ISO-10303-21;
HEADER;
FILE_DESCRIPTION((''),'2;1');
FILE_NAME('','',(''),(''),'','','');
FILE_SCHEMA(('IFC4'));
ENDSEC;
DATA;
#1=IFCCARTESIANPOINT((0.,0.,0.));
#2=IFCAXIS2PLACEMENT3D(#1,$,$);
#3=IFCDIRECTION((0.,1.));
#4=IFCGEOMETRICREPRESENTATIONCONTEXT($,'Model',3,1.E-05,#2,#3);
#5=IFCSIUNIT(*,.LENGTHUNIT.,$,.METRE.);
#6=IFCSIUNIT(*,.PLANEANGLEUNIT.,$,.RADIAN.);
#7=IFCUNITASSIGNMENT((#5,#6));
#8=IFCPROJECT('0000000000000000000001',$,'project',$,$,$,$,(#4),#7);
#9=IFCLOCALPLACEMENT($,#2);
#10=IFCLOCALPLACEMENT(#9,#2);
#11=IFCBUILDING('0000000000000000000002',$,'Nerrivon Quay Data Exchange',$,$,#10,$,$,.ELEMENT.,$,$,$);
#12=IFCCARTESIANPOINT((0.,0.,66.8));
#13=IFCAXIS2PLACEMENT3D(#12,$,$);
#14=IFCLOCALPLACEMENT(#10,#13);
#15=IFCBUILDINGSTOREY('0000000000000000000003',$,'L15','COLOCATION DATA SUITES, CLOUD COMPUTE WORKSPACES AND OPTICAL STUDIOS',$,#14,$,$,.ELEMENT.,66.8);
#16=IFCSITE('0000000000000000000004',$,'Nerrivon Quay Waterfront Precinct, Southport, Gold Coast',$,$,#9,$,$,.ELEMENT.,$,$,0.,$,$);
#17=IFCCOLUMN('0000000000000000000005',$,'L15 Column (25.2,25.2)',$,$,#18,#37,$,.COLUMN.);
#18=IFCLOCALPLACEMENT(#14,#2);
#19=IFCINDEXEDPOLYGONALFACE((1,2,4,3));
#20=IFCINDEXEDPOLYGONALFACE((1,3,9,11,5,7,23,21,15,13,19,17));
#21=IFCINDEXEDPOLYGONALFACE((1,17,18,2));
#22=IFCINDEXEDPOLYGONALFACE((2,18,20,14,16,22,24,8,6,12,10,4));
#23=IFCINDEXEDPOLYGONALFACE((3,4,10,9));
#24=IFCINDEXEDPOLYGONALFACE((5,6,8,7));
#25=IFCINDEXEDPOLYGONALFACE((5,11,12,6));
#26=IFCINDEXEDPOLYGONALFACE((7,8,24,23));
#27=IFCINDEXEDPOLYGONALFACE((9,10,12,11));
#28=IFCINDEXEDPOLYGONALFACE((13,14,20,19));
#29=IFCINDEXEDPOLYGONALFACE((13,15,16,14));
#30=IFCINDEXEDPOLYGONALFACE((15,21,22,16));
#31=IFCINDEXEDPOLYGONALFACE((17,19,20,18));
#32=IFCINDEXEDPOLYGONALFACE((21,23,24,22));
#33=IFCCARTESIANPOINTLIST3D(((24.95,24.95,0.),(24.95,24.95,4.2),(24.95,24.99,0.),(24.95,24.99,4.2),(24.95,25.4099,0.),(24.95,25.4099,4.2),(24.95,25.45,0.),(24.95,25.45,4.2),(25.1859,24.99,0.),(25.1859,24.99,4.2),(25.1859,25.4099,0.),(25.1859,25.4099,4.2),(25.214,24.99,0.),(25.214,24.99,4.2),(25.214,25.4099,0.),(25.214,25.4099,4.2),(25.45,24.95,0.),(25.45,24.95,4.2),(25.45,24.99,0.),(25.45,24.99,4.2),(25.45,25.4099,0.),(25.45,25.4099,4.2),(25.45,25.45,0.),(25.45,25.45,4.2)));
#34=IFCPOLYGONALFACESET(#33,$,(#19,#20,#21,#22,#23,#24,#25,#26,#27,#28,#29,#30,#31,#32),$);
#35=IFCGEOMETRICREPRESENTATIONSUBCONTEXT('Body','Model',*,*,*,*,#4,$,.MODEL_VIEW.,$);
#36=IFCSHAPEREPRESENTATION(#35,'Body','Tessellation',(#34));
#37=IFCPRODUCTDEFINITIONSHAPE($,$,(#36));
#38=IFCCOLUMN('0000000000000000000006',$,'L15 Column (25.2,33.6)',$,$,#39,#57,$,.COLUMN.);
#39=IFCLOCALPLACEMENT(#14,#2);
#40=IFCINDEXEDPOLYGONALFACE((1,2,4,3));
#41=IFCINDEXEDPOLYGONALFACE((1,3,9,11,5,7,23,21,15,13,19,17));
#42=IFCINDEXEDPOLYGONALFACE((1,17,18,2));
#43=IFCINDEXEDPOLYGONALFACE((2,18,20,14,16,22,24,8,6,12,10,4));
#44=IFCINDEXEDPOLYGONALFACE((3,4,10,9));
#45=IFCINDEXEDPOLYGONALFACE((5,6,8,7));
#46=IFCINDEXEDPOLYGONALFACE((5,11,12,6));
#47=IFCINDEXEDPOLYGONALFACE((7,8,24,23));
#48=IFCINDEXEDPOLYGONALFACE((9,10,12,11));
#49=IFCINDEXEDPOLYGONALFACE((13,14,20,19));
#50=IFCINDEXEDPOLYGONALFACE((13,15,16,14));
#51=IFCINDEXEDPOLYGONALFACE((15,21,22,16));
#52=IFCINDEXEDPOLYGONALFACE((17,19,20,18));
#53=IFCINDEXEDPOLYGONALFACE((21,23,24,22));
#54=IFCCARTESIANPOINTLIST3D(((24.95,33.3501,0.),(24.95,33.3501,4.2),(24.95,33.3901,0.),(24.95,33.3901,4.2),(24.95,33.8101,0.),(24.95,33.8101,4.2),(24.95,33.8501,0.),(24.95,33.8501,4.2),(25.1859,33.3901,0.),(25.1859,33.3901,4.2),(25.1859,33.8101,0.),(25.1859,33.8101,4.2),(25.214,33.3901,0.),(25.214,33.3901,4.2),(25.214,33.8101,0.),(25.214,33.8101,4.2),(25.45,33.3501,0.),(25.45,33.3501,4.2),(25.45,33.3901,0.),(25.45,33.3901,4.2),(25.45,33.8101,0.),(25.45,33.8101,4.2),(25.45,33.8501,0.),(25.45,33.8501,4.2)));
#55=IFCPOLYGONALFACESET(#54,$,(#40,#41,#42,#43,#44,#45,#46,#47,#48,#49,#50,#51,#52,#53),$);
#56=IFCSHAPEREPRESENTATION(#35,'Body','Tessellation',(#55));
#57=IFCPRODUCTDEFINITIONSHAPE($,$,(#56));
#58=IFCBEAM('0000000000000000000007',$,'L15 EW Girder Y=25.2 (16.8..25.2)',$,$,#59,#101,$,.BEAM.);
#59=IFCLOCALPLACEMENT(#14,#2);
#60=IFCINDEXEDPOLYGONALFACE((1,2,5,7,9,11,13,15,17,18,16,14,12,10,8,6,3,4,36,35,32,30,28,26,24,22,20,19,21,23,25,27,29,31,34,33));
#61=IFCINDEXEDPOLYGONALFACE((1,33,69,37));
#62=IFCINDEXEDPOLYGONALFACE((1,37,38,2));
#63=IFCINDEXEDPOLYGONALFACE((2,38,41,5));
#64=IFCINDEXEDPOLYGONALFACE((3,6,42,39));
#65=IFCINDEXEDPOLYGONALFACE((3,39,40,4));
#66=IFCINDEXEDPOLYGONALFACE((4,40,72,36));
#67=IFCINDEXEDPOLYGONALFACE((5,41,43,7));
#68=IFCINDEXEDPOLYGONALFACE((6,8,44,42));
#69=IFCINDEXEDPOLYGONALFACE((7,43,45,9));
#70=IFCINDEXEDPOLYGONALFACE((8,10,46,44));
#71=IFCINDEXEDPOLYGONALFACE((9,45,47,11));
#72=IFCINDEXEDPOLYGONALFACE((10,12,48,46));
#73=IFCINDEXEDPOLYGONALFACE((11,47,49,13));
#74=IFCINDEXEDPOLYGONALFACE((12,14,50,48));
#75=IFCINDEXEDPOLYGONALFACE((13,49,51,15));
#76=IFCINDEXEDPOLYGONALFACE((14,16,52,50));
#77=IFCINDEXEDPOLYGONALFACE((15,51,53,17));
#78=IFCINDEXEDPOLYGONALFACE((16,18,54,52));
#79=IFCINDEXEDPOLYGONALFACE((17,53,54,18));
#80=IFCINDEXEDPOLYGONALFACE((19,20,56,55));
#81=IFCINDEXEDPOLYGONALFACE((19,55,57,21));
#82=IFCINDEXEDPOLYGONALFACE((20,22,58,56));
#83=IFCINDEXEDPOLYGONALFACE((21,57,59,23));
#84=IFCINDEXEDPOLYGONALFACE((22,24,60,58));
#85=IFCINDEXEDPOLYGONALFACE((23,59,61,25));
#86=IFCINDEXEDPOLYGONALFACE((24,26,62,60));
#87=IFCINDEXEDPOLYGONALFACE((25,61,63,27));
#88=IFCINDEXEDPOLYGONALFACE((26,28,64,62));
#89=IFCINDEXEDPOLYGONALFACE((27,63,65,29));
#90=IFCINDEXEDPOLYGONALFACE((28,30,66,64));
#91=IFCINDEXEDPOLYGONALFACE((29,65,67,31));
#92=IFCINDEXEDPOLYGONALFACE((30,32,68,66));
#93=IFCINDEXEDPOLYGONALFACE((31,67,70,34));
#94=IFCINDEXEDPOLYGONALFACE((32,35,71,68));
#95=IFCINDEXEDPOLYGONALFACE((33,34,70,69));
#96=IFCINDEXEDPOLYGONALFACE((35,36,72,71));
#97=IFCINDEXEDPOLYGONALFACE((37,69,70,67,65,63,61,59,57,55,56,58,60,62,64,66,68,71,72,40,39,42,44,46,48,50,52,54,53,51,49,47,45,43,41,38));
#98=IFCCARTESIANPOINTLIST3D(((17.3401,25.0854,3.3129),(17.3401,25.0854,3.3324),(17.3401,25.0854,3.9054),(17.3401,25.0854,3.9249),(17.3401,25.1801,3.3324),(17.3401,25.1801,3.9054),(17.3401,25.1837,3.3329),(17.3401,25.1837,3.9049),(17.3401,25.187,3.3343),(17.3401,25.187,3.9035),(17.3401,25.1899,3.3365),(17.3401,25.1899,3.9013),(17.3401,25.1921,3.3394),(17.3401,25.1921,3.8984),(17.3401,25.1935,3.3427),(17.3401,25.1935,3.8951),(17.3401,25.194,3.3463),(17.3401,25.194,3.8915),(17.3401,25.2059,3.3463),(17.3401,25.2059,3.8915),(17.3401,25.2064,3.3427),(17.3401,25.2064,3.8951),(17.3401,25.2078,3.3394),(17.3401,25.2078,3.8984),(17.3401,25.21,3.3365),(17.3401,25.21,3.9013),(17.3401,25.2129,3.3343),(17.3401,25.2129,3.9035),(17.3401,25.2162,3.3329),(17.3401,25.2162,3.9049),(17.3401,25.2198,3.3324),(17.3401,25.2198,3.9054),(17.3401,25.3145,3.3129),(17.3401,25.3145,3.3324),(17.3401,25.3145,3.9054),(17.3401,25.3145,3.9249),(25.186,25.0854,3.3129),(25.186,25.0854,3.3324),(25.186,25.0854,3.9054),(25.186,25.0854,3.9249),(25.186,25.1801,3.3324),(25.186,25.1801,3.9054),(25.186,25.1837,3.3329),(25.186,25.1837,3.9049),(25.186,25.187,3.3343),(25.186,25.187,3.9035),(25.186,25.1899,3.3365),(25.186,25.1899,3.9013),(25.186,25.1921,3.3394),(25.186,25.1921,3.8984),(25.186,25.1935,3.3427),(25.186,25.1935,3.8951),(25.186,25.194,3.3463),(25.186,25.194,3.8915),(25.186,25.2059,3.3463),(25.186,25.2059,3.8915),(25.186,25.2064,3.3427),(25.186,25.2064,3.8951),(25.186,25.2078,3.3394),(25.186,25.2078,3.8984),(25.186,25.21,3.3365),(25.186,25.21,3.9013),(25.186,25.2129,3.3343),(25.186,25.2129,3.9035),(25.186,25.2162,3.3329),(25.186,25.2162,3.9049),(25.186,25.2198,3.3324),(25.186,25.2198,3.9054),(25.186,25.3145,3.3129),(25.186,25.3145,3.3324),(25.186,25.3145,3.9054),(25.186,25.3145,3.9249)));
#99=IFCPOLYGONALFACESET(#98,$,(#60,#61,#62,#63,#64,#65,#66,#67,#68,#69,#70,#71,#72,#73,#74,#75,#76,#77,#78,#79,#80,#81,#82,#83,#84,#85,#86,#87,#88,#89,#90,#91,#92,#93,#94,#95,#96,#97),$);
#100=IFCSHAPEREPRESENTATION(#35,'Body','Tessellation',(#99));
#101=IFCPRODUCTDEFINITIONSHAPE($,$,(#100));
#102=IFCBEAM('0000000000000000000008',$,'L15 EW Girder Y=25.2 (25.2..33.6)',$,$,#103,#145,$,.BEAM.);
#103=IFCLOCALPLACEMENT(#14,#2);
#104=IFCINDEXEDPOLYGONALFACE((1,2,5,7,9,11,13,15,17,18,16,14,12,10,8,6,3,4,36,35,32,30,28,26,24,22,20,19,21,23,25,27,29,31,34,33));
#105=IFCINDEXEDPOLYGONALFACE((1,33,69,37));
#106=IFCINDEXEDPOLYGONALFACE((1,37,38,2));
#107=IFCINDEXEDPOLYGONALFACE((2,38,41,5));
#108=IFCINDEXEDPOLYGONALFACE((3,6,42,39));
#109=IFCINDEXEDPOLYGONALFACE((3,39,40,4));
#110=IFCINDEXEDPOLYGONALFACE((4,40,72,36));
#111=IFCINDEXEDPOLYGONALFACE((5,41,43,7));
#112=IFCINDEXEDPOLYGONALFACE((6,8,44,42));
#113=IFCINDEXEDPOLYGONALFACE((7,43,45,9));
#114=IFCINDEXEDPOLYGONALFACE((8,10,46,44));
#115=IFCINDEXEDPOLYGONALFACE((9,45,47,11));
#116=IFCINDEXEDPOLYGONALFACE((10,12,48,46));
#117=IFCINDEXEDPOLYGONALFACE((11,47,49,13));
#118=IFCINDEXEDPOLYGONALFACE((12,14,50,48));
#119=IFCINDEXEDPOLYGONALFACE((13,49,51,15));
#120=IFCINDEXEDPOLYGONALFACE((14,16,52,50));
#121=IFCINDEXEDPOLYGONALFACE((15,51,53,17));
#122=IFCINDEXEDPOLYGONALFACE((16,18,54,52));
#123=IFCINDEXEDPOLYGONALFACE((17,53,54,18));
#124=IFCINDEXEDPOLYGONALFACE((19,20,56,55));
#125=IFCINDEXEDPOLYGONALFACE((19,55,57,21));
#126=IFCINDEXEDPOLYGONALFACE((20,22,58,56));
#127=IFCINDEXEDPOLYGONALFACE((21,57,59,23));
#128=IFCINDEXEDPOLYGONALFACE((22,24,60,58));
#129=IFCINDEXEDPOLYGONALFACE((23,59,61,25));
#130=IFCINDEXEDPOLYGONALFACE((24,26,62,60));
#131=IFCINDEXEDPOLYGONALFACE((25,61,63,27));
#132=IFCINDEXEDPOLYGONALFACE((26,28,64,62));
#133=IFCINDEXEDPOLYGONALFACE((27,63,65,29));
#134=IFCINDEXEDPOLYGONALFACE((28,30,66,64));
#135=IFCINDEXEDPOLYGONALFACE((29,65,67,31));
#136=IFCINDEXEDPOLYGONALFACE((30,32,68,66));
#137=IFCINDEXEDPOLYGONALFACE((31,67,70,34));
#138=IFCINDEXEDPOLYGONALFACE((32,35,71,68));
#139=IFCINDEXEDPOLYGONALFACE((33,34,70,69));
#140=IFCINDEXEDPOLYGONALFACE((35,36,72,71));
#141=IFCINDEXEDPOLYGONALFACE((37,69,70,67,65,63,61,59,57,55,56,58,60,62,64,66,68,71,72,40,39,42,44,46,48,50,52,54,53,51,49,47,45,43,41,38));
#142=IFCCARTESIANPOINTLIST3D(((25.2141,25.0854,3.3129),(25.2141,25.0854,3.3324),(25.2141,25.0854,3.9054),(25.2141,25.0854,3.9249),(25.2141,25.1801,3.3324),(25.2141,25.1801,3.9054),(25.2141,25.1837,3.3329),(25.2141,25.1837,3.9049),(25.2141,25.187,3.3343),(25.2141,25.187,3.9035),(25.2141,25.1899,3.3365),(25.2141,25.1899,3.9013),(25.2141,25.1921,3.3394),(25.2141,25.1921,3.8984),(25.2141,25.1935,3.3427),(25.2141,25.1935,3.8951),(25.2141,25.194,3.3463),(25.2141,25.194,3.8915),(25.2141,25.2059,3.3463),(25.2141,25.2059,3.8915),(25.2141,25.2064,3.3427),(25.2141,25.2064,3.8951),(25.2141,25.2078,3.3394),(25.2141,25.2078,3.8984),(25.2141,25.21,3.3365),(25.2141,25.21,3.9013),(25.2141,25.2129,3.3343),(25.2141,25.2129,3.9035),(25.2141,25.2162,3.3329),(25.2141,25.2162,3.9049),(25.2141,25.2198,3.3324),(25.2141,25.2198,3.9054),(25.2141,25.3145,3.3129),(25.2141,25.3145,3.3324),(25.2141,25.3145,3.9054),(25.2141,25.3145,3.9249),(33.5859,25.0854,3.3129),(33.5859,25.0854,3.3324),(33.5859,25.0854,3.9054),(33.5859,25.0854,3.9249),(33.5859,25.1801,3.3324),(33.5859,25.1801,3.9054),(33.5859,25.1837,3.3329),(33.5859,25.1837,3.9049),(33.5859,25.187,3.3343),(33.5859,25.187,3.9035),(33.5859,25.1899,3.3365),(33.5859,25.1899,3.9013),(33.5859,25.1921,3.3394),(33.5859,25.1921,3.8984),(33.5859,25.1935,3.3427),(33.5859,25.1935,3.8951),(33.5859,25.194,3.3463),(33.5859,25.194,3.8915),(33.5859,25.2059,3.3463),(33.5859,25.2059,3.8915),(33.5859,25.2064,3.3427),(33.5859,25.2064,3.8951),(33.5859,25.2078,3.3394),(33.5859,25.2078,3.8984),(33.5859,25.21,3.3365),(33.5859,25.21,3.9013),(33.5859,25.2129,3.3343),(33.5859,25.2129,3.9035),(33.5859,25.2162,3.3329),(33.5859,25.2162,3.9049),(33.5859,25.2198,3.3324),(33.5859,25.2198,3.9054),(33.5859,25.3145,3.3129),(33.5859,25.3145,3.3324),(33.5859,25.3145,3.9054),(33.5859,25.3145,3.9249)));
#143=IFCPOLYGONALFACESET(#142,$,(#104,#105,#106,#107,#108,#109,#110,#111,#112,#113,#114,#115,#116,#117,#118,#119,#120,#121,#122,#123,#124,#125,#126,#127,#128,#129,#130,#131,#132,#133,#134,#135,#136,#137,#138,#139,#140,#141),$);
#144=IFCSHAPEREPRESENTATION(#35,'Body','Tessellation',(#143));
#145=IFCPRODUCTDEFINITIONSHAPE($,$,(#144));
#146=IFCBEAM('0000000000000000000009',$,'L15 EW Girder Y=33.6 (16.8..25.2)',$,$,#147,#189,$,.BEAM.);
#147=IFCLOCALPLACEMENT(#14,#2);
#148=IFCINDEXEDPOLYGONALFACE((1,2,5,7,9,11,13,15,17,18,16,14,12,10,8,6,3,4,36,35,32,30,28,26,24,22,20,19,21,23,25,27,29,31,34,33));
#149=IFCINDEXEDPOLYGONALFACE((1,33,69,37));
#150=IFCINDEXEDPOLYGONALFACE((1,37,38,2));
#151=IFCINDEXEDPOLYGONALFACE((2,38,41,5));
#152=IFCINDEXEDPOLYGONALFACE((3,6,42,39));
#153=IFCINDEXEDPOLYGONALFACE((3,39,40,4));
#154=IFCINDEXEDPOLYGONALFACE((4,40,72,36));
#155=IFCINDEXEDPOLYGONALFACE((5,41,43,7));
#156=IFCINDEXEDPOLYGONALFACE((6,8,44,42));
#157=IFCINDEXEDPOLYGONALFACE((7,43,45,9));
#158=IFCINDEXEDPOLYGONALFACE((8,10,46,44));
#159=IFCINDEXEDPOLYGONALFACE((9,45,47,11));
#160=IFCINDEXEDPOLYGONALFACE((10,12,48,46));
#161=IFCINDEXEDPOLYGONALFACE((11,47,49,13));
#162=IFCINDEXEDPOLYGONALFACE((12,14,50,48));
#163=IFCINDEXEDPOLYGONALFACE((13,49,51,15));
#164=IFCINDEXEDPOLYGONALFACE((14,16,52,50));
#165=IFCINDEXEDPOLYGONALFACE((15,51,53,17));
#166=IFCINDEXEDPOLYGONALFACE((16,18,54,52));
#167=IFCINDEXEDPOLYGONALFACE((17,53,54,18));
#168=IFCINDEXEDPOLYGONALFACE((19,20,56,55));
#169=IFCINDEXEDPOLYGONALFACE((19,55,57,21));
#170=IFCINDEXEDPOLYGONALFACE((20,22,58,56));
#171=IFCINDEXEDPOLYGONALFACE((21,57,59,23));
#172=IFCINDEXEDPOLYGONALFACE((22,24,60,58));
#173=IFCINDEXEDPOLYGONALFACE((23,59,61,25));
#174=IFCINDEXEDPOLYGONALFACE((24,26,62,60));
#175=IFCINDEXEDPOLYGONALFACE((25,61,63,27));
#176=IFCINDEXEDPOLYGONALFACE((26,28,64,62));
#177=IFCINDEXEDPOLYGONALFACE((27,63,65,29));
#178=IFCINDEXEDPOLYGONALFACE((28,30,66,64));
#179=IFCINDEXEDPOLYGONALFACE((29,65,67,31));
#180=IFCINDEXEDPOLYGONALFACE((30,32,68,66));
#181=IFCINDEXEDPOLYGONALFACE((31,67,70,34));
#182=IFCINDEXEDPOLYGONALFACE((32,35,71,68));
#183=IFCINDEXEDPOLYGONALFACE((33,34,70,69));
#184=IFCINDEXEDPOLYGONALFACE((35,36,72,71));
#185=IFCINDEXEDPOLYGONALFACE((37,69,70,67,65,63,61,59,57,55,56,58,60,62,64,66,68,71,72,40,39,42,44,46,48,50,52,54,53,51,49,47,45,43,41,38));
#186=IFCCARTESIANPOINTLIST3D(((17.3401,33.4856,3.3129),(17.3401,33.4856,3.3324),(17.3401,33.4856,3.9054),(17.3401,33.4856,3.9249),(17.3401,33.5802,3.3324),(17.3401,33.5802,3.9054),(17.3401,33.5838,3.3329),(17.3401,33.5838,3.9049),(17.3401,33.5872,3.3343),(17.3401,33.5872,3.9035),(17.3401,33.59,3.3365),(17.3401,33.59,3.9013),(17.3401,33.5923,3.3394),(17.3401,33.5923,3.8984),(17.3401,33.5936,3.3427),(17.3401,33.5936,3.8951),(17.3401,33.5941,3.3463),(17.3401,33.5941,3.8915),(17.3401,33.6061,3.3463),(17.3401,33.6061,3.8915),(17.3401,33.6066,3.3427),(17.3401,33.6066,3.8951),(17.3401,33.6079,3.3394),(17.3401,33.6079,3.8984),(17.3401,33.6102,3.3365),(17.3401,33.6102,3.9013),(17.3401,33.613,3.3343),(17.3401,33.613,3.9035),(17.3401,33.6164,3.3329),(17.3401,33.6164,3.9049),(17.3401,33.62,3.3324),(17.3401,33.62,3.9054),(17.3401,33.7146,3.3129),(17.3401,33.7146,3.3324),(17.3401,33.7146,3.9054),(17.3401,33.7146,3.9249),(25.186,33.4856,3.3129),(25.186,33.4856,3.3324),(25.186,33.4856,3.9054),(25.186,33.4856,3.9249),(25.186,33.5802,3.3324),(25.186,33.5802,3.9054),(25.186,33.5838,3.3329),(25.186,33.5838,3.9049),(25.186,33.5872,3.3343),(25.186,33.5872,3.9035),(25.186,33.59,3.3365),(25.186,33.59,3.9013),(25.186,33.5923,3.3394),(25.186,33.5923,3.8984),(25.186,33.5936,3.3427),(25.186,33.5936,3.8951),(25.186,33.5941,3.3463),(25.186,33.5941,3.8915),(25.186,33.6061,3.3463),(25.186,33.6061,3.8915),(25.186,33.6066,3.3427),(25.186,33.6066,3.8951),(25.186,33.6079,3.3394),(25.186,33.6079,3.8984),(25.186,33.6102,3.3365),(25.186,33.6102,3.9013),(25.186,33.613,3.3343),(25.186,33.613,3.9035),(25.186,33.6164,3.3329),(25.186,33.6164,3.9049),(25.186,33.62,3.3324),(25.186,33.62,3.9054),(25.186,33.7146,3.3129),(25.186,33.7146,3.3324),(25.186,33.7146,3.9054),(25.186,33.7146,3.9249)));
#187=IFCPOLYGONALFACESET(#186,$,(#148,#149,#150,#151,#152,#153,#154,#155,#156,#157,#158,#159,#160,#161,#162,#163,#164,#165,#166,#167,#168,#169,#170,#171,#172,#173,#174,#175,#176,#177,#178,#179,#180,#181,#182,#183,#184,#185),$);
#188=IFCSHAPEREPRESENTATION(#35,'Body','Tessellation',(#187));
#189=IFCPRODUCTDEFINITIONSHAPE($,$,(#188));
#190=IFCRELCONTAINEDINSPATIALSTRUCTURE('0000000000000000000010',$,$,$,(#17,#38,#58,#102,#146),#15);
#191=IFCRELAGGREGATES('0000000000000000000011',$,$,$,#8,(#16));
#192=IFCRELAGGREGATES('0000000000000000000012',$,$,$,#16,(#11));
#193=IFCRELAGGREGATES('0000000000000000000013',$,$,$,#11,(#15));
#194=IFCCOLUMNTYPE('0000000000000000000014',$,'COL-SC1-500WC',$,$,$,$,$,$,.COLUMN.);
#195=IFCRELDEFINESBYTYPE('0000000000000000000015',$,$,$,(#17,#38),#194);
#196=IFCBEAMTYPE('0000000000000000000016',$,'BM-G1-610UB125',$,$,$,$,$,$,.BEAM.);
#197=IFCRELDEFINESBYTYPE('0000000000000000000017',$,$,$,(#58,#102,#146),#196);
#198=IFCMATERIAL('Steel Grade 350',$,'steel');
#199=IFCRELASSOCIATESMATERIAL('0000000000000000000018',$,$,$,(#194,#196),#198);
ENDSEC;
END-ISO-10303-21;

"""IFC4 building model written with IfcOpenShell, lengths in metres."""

from ifc_helpers import new_model, si_unit, direction, frame, origin, origin_2d, place, context, subcontext, project, spatial, i_section, extrude, material, material_profile, profile_set, type_object, element, save


model = new_model("IFC4")

# Units and contexts
model_context = context("Model", 3, precision=1e-05, world=origin(), true_north=direction((0.0, 1.0)))
body_context = subcontext(model_context, "Body", "Model", "MODEL_VIEW")
ifc_project = project(units=[si_unit("LENGTHUNIT", "METRE"), si_unit("PLANEANGLEUNIT", "RADIAN")], contexts=[model_context])

# Site, building, storey
site_placement = place(None, origin())
site = spatial("IfcSite", under=ifc_project, at=site_placement, Name="Nerrivon Quay Waterfront Precinct, Southport, Gold Coast", CompositionType="ELEMENT", RefElevation=0.0)
building_placement = place(site_placement, origin())
building = spatial("IfcBuilding", under=site, at=building_placement, Name="Nerrivon Quay Data Exchange", CompositionType="ELEMENT")
storey_placement = place(building_placement, frame((0.0, 0.0, 66.8)))
storey = spatial("IfcBuildingStorey", under=building, at=storey_placement, Name="L15", Description="COLOCATION DATA SUITES, CLOUD COMPUTE WORKSPACES AND OPTICAL STUDIOS", CompositionType="ELEMENT", Elevation=66.8)

# Columns
ifc_material_1 = material(Name="Steel Grade 350", Category="steel")
ifc_material_profile_1 = material_profile(ifc_material_1, i_section(OverallWidth=0.5, OverallDepth=0.5, WebThickness=0.0281, FlangeThickness=0.04, at=origin_2d()), Name="500WC440")
ifc_profile_set_1 = profile_set([ifc_material_profile_1], Name="Steel Grade 350")
column_type = type_object("IfcColumnType", Name="COL-SC1-500WC", PredefinedType="COLUMN", material=ifc_profile_set_1)
for number, where, z_axis, x_axis, name in (
    (1, (25.2, 25.2, 0.0), (0.0, 0.0, 1.0), (1.0, 0.0, 0.0), "L15 Column (25.2,25.2)"),
    (2, (25.2, 33.6001, 0.0), (0.0, 0.0, 1.0), (1.0, 0.0, 0.0), "L15 Column (25.2,33.6)"),
):
    element("IfcColumn", number, at=place(storey_placement, frame(where, z_axis=z_axis, x_axis=x_axis)), inside=storey, type_object=column_type, Name=name, PredefinedType="COLUMN", context=body_context, shape_type="SweptSolid", body=[
        extrude(i_section(OverallWidth=0.5, OverallDepth=0.5, WebThickness=0.0281, FlangeThickness=0.04, at=origin_2d()), origin(), (0.0, 0.0, 1.0), 4.2),
    ])

# Beams
ifc_material_profile_2 = material_profile(ifc_material_1, i_section(OverallWidth=0.229, OverallDepth=0.6121, WebThickness=0.012, FlangeThickness=0.0195, FilletRadius=0.0139, at=origin_2d()), Name="610UB125")
ifc_profile_set_2 = profile_set([ifc_material_profile_2], Name="Steel Grade 350")
beam_type_1 = type_object("IfcBeamType", Name="BM-G1-610UB125", PredefinedType="BEAM", material=ifc_profile_set_2)
beam_1_placement = place(storey_placement, frame((17.3401, 25.2, 3.6189), z_axis=(1.0, 0.0, 0.0), x_axis=(0.0, 1.0, 0.0)))
element("IfcBeam", 3, at=beam_1_placement, inside=storey, type_object=beam_type_1, Name="L15 EW Girder Y=25.2 (16.8..25.2)", PredefinedType="BEAM", context=body_context, shape_type="SweptSolid", body=[
    extrude(i_section(OverallWidth=0.229, OverallDepth=0.6121, WebThickness=0.012, FlangeThickness=0.0195, FilletRadius=0.0139, at=origin_2d()), origin(), (0.0, 0.0, 1.0), 7.8459),
])
beam_2_placement = place(storey_placement, frame((25.2141, 25.2, 3.6189), z_axis=(1.0, 0.0, 0.0), x_axis=(0.0, 1.0, 0.0)))
element("IfcBeam", 4, at=beam_2_placement, inside=storey, type_object=beam_type_1, Name="L15 EW Girder Y=25.2 (25.2..33.6)", PredefinedType="BEAM", context=body_context, shape_type="SweptSolid", body=[
    extrude(i_section(OverallWidth=0.229, OverallDepth=0.6121, WebThickness=0.012, FlangeThickness=0.0195, FilletRadius=0.0139, at=origin_2d()), origin(), (0.0, 0.0, 1.0), 8.3718),
])
beam_3_placement = place(storey_placement, frame((17.3401, 33.6001, 3.6189), z_axis=(1.0, 0.0, 0.0), x_axis=(0.0, 1.0, 0.0)))
element("IfcBeam", 5, at=beam_3_placement, inside=storey, type_object=beam_type_1, Name="L15 EW Girder Y=33.6 (16.8..25.2)", PredefinedType="BEAM", context=body_context, shape_type="SweptSolid", body=[
    extrude(i_section(OverallWidth=0.229, OverallDepth=0.6121, WebThickness=0.012, FlangeThickness=0.0195, FilletRadius=0.0139, at=origin_2d()), origin(), (0.0, 0.0, 1.0), 7.8459),
])

save(model, "model.ifc")
